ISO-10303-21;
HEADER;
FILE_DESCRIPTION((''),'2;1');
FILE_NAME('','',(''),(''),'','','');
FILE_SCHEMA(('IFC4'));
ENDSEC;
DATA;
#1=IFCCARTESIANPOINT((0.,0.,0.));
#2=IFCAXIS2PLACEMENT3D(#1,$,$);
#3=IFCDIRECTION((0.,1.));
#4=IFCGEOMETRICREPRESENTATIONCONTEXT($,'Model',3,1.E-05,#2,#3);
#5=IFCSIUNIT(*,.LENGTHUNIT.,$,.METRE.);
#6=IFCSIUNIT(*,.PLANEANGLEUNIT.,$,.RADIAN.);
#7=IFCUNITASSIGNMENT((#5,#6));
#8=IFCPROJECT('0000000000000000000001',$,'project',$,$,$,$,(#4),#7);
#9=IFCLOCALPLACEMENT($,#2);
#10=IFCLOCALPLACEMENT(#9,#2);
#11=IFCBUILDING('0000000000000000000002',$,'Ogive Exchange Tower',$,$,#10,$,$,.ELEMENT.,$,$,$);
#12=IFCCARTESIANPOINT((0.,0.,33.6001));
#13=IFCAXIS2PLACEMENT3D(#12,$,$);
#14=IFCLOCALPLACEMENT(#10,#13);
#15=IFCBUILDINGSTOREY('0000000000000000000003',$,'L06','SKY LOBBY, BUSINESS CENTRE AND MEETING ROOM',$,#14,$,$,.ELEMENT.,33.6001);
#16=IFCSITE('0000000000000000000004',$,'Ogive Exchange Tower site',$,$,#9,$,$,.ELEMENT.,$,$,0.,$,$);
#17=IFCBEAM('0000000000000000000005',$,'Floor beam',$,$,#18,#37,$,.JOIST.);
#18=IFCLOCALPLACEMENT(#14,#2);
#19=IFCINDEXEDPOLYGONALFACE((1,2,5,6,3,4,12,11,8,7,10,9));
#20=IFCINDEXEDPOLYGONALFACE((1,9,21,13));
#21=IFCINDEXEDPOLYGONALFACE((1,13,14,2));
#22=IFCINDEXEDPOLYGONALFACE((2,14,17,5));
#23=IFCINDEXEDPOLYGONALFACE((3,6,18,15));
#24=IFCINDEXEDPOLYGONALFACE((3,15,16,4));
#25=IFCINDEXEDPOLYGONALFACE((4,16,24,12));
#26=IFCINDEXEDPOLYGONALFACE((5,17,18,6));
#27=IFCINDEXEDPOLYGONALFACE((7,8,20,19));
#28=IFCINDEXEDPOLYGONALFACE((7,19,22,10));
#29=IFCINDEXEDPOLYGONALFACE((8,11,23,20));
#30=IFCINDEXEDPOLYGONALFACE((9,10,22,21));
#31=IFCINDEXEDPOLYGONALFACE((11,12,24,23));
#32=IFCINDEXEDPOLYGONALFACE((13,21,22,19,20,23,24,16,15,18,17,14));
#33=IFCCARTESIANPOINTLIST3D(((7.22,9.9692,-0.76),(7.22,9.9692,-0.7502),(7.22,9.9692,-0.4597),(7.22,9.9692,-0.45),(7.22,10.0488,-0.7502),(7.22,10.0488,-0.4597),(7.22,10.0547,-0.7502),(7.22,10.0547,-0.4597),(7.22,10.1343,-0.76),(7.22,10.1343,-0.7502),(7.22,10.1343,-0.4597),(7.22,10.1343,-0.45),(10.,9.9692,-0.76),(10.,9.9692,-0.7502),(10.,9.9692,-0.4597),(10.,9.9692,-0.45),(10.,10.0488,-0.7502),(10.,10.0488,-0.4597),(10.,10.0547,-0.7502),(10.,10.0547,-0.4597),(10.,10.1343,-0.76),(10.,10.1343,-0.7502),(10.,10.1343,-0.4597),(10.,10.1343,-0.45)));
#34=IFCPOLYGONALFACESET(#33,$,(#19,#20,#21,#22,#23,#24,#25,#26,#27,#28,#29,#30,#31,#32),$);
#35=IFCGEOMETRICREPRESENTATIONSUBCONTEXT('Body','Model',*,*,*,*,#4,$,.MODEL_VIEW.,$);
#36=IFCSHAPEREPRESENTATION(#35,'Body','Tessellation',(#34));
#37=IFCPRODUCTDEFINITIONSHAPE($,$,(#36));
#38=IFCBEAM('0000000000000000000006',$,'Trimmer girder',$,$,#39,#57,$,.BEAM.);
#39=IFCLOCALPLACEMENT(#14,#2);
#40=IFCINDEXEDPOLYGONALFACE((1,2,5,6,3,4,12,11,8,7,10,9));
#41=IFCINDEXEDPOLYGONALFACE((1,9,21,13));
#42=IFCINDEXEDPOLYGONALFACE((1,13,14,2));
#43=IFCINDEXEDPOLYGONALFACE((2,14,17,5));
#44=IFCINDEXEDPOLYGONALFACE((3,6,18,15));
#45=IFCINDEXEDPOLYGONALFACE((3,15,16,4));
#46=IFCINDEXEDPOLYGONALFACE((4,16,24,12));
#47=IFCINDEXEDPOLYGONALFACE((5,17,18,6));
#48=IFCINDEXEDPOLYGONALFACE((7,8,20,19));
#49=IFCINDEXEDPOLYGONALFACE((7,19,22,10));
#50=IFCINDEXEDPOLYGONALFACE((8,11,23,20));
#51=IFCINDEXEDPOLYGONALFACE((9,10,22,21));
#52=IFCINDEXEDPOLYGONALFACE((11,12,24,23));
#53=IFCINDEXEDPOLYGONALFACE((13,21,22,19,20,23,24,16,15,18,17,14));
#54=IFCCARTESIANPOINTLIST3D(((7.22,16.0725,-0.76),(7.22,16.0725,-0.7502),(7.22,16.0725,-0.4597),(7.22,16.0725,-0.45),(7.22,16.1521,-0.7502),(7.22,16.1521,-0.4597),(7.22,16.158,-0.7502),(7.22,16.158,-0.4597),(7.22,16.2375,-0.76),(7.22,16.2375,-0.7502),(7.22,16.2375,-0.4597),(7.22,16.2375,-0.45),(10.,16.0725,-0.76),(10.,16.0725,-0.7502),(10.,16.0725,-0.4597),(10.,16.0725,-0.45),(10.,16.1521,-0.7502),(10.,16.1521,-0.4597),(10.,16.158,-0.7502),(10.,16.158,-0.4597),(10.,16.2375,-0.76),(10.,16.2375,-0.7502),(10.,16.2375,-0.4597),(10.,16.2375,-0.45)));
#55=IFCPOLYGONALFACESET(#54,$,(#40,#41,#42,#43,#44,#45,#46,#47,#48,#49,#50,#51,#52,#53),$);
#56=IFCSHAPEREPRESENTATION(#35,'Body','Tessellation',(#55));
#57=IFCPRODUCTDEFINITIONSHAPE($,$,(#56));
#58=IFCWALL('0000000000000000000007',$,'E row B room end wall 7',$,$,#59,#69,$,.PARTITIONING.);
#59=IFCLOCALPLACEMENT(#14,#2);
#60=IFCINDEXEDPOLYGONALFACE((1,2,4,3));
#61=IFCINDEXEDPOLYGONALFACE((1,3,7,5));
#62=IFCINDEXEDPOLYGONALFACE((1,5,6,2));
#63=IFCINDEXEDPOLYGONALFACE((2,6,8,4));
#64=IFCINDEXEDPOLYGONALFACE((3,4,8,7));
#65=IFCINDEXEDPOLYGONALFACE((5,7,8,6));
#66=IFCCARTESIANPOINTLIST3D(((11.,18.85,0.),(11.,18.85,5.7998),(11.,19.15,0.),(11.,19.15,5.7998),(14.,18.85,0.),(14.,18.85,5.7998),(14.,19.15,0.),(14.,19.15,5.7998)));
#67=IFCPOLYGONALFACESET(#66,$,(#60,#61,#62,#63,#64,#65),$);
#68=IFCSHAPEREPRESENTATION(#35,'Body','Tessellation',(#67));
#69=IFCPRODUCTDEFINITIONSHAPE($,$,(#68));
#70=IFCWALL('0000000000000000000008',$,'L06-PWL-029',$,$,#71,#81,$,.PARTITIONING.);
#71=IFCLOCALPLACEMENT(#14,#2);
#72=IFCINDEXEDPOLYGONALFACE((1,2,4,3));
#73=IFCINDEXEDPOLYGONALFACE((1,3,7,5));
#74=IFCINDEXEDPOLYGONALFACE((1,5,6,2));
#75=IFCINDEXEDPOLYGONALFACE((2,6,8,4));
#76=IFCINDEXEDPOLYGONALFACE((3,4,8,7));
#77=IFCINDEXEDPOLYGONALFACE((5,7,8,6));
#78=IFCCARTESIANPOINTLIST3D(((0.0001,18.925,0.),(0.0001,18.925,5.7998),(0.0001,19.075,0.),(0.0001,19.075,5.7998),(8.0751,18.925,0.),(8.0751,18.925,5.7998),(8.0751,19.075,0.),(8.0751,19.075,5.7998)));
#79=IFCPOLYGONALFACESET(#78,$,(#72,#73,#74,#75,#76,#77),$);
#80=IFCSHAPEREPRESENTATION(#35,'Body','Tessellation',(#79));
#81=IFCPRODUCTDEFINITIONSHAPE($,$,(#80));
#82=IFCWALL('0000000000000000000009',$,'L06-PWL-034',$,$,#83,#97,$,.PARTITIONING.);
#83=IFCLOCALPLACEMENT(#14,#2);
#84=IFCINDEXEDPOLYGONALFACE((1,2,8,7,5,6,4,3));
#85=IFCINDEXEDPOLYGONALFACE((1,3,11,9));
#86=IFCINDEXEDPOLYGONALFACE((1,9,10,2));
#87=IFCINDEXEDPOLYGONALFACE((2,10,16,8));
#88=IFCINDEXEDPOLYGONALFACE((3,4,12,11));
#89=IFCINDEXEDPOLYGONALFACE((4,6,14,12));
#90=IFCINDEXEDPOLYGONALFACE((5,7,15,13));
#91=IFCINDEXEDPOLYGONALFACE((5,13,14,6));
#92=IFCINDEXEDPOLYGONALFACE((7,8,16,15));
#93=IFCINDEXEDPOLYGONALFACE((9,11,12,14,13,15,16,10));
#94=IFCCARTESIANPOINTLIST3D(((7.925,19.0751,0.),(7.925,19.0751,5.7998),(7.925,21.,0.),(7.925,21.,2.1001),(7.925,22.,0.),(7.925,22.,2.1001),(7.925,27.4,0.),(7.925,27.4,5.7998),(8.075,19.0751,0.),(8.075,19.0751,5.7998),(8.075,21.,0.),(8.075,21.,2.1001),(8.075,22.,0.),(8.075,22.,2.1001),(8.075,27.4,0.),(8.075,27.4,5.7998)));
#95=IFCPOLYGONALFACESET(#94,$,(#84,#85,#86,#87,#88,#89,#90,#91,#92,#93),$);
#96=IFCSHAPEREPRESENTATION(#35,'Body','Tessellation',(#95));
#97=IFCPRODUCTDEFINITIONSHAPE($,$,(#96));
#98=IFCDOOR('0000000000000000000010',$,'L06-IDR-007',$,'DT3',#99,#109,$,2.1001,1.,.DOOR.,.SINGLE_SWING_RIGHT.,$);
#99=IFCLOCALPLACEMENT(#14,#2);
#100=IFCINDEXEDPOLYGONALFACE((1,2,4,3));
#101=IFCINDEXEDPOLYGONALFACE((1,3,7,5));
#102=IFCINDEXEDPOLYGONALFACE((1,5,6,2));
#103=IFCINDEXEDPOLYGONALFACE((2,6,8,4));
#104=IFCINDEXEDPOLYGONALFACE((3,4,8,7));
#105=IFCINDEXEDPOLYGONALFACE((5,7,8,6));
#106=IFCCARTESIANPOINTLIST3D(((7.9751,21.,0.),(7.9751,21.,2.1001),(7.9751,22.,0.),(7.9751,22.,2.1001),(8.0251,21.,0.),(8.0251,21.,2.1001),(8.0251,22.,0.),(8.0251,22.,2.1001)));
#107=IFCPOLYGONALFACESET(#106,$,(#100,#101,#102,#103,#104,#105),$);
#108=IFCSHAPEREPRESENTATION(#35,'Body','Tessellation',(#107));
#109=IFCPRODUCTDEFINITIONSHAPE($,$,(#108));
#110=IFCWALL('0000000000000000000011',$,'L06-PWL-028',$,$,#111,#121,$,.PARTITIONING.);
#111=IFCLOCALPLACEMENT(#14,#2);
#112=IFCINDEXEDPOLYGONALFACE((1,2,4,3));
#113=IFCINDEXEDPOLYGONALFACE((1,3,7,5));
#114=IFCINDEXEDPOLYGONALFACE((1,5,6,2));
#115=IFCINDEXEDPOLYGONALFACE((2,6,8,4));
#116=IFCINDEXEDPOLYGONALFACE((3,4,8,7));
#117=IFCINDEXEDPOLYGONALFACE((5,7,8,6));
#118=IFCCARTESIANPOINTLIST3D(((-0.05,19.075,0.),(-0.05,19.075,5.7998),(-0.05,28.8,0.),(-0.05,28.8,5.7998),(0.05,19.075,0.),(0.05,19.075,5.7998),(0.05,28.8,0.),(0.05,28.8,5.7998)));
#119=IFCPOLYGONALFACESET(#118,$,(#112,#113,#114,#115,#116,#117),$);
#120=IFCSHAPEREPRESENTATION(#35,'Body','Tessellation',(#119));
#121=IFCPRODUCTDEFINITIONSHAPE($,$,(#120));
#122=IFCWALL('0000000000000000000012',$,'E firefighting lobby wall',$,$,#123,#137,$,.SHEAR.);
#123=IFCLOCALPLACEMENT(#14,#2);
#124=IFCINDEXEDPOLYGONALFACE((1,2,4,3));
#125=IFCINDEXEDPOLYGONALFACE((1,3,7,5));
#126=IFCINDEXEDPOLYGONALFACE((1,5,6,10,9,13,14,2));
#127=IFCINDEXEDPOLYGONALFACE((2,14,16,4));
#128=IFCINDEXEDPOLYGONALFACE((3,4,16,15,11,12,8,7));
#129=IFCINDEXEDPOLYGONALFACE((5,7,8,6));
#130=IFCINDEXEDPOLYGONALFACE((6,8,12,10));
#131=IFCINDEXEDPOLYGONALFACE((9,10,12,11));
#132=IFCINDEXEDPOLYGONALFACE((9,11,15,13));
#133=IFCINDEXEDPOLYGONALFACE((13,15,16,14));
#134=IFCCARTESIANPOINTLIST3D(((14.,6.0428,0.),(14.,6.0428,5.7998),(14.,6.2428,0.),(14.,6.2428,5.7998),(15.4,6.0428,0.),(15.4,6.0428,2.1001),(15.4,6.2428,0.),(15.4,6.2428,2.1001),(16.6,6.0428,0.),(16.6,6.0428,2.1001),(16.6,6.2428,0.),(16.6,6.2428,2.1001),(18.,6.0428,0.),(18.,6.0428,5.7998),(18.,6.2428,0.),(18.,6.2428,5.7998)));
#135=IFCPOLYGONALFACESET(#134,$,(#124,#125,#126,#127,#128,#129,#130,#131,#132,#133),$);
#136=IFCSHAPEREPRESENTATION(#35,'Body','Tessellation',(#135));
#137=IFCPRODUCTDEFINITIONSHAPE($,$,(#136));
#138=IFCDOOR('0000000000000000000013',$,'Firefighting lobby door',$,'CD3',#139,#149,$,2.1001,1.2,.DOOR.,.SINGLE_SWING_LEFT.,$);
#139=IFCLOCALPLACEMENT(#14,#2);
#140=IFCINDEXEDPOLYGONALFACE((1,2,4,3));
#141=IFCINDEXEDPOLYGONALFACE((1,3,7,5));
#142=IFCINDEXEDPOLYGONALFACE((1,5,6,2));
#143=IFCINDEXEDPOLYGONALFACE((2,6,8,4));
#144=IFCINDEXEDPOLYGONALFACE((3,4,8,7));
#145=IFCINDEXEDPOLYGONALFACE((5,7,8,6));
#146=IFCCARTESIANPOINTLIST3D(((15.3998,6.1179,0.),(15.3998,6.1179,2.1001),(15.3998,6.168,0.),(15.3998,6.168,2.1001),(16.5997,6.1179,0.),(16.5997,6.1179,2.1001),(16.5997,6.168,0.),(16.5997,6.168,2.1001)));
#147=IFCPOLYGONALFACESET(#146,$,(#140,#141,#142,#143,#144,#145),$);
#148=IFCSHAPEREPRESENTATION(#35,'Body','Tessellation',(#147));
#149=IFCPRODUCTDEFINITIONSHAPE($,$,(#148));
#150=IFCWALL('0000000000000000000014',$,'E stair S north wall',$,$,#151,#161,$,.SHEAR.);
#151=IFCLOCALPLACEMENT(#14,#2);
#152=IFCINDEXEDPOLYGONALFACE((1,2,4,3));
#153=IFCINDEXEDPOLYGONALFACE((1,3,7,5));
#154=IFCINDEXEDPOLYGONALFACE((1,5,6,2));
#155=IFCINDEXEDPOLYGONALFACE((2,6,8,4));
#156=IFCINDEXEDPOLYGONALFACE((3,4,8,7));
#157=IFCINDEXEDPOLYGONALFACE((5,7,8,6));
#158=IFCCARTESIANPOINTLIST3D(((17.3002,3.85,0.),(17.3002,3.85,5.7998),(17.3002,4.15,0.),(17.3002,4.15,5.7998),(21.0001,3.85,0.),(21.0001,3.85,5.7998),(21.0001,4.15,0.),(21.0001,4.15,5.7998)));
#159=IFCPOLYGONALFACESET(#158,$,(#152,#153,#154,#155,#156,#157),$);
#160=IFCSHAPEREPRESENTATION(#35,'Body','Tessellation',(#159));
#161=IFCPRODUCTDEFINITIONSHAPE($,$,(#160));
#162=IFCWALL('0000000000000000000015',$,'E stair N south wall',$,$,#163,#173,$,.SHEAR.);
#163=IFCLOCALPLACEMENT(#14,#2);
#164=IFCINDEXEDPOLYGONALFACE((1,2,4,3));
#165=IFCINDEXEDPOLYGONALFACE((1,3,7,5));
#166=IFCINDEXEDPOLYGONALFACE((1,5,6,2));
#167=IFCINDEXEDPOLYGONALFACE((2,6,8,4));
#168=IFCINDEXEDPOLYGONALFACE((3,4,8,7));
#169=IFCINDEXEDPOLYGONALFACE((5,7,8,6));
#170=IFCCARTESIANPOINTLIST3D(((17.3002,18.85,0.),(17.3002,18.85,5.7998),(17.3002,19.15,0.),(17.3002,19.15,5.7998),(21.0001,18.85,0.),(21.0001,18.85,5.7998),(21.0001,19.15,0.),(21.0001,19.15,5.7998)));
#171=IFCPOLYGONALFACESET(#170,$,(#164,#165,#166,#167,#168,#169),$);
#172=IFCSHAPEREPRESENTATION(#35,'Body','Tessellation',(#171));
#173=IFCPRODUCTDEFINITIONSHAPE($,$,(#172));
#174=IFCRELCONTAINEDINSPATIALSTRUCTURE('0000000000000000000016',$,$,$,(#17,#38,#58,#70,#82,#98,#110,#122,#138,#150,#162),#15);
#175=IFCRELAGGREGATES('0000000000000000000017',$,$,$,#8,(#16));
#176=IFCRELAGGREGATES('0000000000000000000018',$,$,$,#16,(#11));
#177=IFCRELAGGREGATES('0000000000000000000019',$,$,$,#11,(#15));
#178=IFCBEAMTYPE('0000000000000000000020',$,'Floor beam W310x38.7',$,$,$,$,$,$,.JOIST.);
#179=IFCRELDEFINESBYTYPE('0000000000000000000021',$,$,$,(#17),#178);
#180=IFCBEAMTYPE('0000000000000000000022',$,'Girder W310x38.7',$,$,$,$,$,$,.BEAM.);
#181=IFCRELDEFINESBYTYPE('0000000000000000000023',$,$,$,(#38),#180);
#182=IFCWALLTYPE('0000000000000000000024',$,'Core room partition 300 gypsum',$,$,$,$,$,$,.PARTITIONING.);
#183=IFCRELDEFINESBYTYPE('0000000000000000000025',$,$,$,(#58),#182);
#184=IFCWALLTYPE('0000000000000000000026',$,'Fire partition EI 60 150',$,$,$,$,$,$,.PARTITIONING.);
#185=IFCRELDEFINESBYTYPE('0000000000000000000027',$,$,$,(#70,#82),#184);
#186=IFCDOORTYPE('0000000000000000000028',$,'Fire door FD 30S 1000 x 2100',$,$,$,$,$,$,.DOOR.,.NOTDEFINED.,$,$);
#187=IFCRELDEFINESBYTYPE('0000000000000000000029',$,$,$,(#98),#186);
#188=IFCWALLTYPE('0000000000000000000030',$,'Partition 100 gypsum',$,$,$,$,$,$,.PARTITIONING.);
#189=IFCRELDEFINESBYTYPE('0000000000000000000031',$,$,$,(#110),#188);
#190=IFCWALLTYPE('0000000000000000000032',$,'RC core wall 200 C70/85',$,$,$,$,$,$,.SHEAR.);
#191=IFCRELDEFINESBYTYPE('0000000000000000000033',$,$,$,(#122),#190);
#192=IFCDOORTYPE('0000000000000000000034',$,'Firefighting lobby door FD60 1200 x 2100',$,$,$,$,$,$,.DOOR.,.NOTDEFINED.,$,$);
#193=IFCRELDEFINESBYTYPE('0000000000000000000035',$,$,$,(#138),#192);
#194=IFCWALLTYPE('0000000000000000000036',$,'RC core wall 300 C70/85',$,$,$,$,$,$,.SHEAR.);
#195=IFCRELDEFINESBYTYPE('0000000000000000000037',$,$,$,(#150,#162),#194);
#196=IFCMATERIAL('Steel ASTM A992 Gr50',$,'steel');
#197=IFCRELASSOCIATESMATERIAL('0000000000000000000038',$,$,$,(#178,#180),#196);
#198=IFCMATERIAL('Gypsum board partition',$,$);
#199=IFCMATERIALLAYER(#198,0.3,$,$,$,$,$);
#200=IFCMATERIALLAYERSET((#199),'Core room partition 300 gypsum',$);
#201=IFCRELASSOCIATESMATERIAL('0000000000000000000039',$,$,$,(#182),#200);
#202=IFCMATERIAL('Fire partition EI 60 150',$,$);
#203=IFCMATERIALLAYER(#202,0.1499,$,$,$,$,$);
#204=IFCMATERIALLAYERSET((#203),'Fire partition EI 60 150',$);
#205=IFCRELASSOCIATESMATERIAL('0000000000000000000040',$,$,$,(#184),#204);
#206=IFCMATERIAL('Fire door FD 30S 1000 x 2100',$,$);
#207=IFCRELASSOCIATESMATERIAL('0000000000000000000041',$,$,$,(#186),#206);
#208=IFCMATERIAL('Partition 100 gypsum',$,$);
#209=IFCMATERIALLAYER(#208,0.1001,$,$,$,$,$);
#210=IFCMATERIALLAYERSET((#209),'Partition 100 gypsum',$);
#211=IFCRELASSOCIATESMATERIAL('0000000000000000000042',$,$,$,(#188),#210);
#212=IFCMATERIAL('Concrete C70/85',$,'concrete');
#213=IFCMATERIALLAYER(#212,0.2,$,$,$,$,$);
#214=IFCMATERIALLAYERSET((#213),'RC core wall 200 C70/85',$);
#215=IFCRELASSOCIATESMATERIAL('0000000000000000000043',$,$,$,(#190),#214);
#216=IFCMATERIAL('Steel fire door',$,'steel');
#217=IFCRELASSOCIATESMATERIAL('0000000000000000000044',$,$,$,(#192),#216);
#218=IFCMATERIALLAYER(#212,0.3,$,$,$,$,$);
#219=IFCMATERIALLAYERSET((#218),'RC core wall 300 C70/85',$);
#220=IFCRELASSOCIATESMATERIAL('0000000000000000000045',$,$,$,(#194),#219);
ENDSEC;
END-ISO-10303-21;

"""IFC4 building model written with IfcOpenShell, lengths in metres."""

from ifc_helpers import new_model, si_unit, direction, frame, frame_2d, origin, origin_2d, place, context, subcontext, project, spatial, rectangle, i_section, extrude, material, layer, layer_set, material_profile, profile_set, type_object, element, fill, save


model = new_model("IFC4")

# Units and contexts
model_context = context("Model", 3, precision=1e-05, world=origin(), true_north=direction((0.0, 1.0)))
body_context = subcontext(model_context, "Body", "Model", "MODEL_VIEW")
ifc_project = project(units=[si_unit("LENGTHUNIT", "METRE"), si_unit("PLANEANGLEUNIT", "RADIAN")], contexts=[model_context])

# Site, building, storey
site_placement = place(None, origin())
site = spatial("IfcSite", under=ifc_project, at=site_placement, Name="Ogive Exchange Tower site", CompositionType="ELEMENT", RefElevation=0.0)
building_placement = place(site_placement, origin())
building = spatial("IfcBuilding", under=site, at=building_placement, Name="Ogive Exchange Tower", CompositionType="ELEMENT")
storey_placement = place(building_placement, frame((0.0, 0.0, 33.6001)))
storey = spatial("IfcBuildingStorey", under=building, at=storey_placement, Name="L06", Description="SKY LOBBY, BUSINESS CENTRE AND MEETING ROOM", CompositionType="ELEMENT", Elevation=33.6001)

# Beams
ifc_material_1 = material(Name="Steel ASTM A992 Gr50", Category="steel")
ifc_material_profile_1 = material_profile(ifc_material_1, i_section(OverallWidth=0.165, OverallDepth=0.3101, WebThickness=0.0059, FlangeThickness=0.0098, at=origin_2d()), Name="W310x38.7")
ifc_profile_set_1 = profile_set([ifc_material_profile_1], Name="Steel ASTM A992 Gr50")
beam_type_1 = type_object("IfcBeamType", Name="Floor beam W310x38.7", PredefinedType="JOIST", material=ifc_profile_set_1)
beam_1_placement = place(storey_placement, frame((7.22, 10.0518, -0.605), z_axis=(1.0, 0.0, 0.0), x_axis=(0.0, 1.0, 0.0)))
element("IfcBeam", 1, at=beam_1_placement, inside=storey, type_object=beam_type_1, Name="Floor beam", PredefinedType="JOIST", context=body_context, shape_type="SweptSolid", body=[
    extrude(i_section(OverallWidth=0.165, OverallDepth=0.3101, WebThickness=0.0059, FlangeThickness=0.0098, at=origin_2d()), origin(), (0.0, 0.0, 1.0), 2.78),
])
ifc_material_profile_2 = material_profile(ifc_material_1, i_section(OverallWidth=0.165, OverallDepth=0.3101, WebThickness=0.0059, FlangeThickness=0.0098, at=origin_2d()), Name="W310x38.7")
ifc_profile_set_2 = profile_set([ifc_material_profile_2], Name="Steel ASTM A992 Gr50")
beam_type_2 = type_object("IfcBeamType", Name="Girder W310x38.7", PredefinedType="BEAM", material=ifc_profile_set_2)
beam_2_placement = place(storey_placement, frame((7.22, 16.155, -0.605), z_axis=(1.0, 0.0, 0.0), x_axis=(0.0, 1.0, 0.0)))
element("IfcBeam", 2, at=beam_2_placement, inside=storey, type_object=beam_type_2, Name="Trimmer girder", PredefinedType="BEAM", context=body_context, shape_type="SweptSolid", body=[
    extrude(i_section(OverallWidth=0.165, OverallDepth=0.3101, WebThickness=0.0059, FlangeThickness=0.0098, at=origin_2d()), origin(), (0.0, 0.0, 1.0), 2.78),
])

# Walls
ifc_material_2 = material(Name="Gypsum board partition")
ifc_layer_1 = layer(ifc_material_2, 0.3)
ifc_layer_set_1 = layer_set([ifc_layer_1], Name="Core room partition 300 gypsum")
wall_type_1 = type_object("IfcWallType", Name="Core room partition 300 gypsum", PredefinedType="PARTITIONING", material=ifc_layer_set_1)
wall_1_placement = place(storey_placement, frame((11.0, 19.0, 0.0), z_axis=(0.0, 0.0, 1.0), x_axis=(1.0, 0.0, 0.0)))
element("IfcWall", 3, at=wall_1_placement, inside=storey, type_object=wall_type_1, Name="E row B room end wall 7", PredefinedType="PARTITIONING", context=body_context, shape_type="SweptSolid", body=[
    extrude(rectangle(XDim=3.0, YDim=0.3, at=frame_2d((1.5, 0.0))), origin(), (0.0, 0.0, 1.0), 5.7998),
])
ifc_material_3 = material(Name="Fire partition EI 60 150")
ifc_layer_2 = layer(ifc_material_3, 0.1499)
ifc_layer_set_2 = layer_set([ifc_layer_2], Name="Fire partition EI 60 150")
wall_type_2 = type_object("IfcWallType", Name="Fire partition EI 60 150", PredefinedType="PARTITIONING", material=ifc_layer_set_2)
wall_2_placement = place(storey_placement, frame((0.0, 19.0, 0.0), z_axis=(0.0, 0.0, 1.0), x_axis=(1.0, 0.0, 0.0)))
element("IfcWall", 4, at=wall_2_placement, inside=storey, type_object=wall_type_2, Name="L06-PWL-029", PredefinedType="PARTITIONING", context=body_context, shape_type="SweptSolid", body=[
    extrude(rectangle(XDim=8.075, YDim=0.1499, at=frame_2d((4.0376, 0.0))), origin(), (0.0, 0.0, 1.0), 5.7998),
])

# Wall, opening, door
wall_3_placement = place(storey_placement, frame((8.0, 19.075, 0.0), z_axis=(0.0, 0.0, 1.0), x_axis=(0.0, 1.0, 0.0)))
wall_3 = element("IfcWall", 5, at=wall_3_placement, inside=storey, type_object=wall_type_2, Name="L06-PWL-034", PredefinedType="PARTITIONING", context=body_context, shape_type="SweptSolid", body=[
    extrude(rectangle(XDim=8.325, YDim=0.1499, at=frame_2d((4.1626, 0.0))), origin(), (0.0, 0.0, 1.0), 5.7998),
])
opening_1_placement = place(wall_3_placement, frame((1.925, 0.0, 0.0)))
opening_1 = element("IfcOpeningElement", 6, at=opening_1_placement, cuts=wall_3, PredefinedType="OPENING", context=body_context, shape_type="SweptSolid", body=[
    extrude(rectangle(XDim=1.0, YDim=2.1001, at=frame_2d((0.5, 1.05))), frame((0.0, 0.085, 0.0), z_axis=(0.0, -1.0, 0.0), x_axis=(1.0, 0.0, 0.0)), (0.0, 0.0, 1.0), 0.1699),
])
ifc_material_4 = material(Name="Fire door FD 30S 1000 x 2100")
door_type_1 = type_object("IfcDoorType", Name="Fire door FD 30S 1000 x 2100", OperationType="NOTDEFINED", PredefinedType="DOOR", material=ifc_material_4)
door_1_placement = place(opening_1_placement, origin())
door_1 = element("IfcDoor", 7, at=door_1_placement, inside=storey, type_object=door_type_1, Name="L06-IDR-007", ObjectType="DT3", OperationType="SINGLE_SWING_RIGHT", OverallHeight=2.1001, OverallWidth=1.0, PredefinedType="DOOR", context=body_context, shape_type="SweptSolid", body=[
    extrude(rectangle(XDim=1.0, YDim=2.1001, at=frame_2d((0.5, 1.05))), frame((0.0, 0.0249, 0.0), z_axis=(0.0, -1.0, 0.0), x_axis=(1.0, 0.0, 0.0)), (0.0, 0.0, 1.0), 0.05),
])
fill(opening_1, door_1)

# Wall
ifc_material_5 = material(Name="Partition 100 gypsum")
ifc_layer_3 = layer(ifc_material_5, 0.1001)
ifc_layer_set_3 = layer_set([ifc_layer_3], Name="Partition 100 gypsum")
wall_type_3 = type_object("IfcWallType", Name="Partition 100 gypsum", PredefinedType="PARTITIONING", material=ifc_layer_set_3)
wall_4_placement = place(storey_placement, frame((0.0, 19.075, 0.0), z_axis=(0.0, 0.0, 1.0), x_axis=(0.0, 1.0, 0.0)))
element("IfcWall", 8, at=wall_4_placement, inside=storey, type_object=wall_type_3, Name="L06-PWL-028", PredefinedType="PARTITIONING", context=body_context, shape_type="SweptSolid", body=[
    extrude(rectangle(XDim=9.7251, YDim=0.1001, at=frame_2d((4.8625, 0.0))), origin(), (0.0, 0.0, 1.0), 5.7998),
])

# Wall, opening, door
ifc_material_6 = material(Name="Concrete C70/85", Category="concrete")
ifc_layer_4 = layer(ifc_material_6, 0.2)
ifc_layer_set_4 = layer_set([ifc_layer_4], Name="RC core wall 200 C70/85")
wall_type_4 = type_object("IfcWallType", Name="RC core wall 200 C70/85", PredefinedType="SHEAR", material=ifc_layer_set_4)
wall_5_placement = place(storey_placement, frame((14.0, 6.1428, 0.0), z_axis=(0.0, 0.0, 1.0), x_axis=(1.0, 0.0, 0.0)))
wall_5 = element("IfcWall", 9, at=wall_5_placement, inside=storey, type_object=wall_type_4, Name="E firefighting lobby wall", PredefinedType="SHEAR", context=body_context, shape_type="SweptSolid", body=[
    extrude(rectangle(XDim=4.0, YDim=0.2, at=frame_2d((2.0, 0.0))), origin(), (0.0, 0.0, 1.0), 5.7998),
])
opening_2_placement = place(wall_5_placement, frame((1.3999, 0.0, 0.0)))
opening_2 = element("IfcOpeningElement", 10, at=opening_2_placement, cuts=wall_5, PredefinedType="OPENING", context=body_context, shape_type="SweptSolid", body=[
    extrude(rectangle(XDim=1.2, YDim=2.1001, at=frame_2d((0.6001, 1.05))), frame((0.0, 0.1099, 0.0), z_axis=(0.0, -1.0, 0.0), x_axis=(1.0, 0.0, 0.0)), (0.0, 0.0, 1.0), 0.22),
])
ifc_material_7 = material(Name="Steel fire door", Category="steel")
door_type_2 = type_object("IfcDoorType", Name="Firefighting lobby door FD60 1200 x 2100", OperationType="NOTDEFINED", PredefinedType="DOOR", material=ifc_material_7)
door_2_placement = place(opening_2_placement, frame((1.2, 0.0, 0.0), z_axis=(0.0, 0.0, 1.0), x_axis=(-1.0, 0.0, 0.0)))
door_2 = element("IfcDoor", 11, at=door_2_placement, inside=storey, type_object=door_type_2, Name="Firefighting lobby door", ObjectType="CD3", OperationType="SINGLE_SWING_LEFT", OverallHeight=2.1001, OverallWidth=1.2, PredefinedType="DOOR", context=body_context, shape_type="SweptSolid", body=[
    extrude(rectangle(XDim=1.2, YDim=2.1001, at=frame_2d((0.6001, 1.05))), frame((0.0, 0.0249, 0.0), z_axis=(0.0, -1.0, 0.0), x_axis=(1.0, 0.0, 0.0)), (0.0, 0.0, 1.0), 0.05),
])
fill(opening_2, door_2)

# Walls
ifc_layer_5 = layer(ifc_material_6, 0.3)
ifc_layer_set_5 = layer_set([ifc_layer_5], Name="RC core wall 300 C70/85")
wall_type_5 = type_object("IfcWallType", Name="RC core wall 300 C70/85", PredefinedType="SHEAR", material=ifc_layer_set_5)
for number, where, z_axis, x_axis, name in (
    (12, (17.3, 4.0, 0.0), (0.0, 0.0, 1.0), (1.0, 0.0, 0.0), "E stair S north wall"),
    (13, (17.3, 19.0, 0.0), (0.0, 0.0, 1.0), (1.0, 0.0, 0.0), "E stair N south wall"),
):
    element("IfcWall", number, at=place(storey_placement, frame(where, z_axis=z_axis, x_axis=x_axis)), inside=storey, type_object=wall_type_5, Name=name, PredefinedType="SHEAR", context=body_context, shape_type="SweptSolid", body=[
        extrude(rectangle(XDim=3.7, YDim=0.3, at=frame_2d((1.8501, 0.0))), origin(), (0.0, 0.0, 1.0), 5.7998),
    ])

save(model, "model.ifc")
